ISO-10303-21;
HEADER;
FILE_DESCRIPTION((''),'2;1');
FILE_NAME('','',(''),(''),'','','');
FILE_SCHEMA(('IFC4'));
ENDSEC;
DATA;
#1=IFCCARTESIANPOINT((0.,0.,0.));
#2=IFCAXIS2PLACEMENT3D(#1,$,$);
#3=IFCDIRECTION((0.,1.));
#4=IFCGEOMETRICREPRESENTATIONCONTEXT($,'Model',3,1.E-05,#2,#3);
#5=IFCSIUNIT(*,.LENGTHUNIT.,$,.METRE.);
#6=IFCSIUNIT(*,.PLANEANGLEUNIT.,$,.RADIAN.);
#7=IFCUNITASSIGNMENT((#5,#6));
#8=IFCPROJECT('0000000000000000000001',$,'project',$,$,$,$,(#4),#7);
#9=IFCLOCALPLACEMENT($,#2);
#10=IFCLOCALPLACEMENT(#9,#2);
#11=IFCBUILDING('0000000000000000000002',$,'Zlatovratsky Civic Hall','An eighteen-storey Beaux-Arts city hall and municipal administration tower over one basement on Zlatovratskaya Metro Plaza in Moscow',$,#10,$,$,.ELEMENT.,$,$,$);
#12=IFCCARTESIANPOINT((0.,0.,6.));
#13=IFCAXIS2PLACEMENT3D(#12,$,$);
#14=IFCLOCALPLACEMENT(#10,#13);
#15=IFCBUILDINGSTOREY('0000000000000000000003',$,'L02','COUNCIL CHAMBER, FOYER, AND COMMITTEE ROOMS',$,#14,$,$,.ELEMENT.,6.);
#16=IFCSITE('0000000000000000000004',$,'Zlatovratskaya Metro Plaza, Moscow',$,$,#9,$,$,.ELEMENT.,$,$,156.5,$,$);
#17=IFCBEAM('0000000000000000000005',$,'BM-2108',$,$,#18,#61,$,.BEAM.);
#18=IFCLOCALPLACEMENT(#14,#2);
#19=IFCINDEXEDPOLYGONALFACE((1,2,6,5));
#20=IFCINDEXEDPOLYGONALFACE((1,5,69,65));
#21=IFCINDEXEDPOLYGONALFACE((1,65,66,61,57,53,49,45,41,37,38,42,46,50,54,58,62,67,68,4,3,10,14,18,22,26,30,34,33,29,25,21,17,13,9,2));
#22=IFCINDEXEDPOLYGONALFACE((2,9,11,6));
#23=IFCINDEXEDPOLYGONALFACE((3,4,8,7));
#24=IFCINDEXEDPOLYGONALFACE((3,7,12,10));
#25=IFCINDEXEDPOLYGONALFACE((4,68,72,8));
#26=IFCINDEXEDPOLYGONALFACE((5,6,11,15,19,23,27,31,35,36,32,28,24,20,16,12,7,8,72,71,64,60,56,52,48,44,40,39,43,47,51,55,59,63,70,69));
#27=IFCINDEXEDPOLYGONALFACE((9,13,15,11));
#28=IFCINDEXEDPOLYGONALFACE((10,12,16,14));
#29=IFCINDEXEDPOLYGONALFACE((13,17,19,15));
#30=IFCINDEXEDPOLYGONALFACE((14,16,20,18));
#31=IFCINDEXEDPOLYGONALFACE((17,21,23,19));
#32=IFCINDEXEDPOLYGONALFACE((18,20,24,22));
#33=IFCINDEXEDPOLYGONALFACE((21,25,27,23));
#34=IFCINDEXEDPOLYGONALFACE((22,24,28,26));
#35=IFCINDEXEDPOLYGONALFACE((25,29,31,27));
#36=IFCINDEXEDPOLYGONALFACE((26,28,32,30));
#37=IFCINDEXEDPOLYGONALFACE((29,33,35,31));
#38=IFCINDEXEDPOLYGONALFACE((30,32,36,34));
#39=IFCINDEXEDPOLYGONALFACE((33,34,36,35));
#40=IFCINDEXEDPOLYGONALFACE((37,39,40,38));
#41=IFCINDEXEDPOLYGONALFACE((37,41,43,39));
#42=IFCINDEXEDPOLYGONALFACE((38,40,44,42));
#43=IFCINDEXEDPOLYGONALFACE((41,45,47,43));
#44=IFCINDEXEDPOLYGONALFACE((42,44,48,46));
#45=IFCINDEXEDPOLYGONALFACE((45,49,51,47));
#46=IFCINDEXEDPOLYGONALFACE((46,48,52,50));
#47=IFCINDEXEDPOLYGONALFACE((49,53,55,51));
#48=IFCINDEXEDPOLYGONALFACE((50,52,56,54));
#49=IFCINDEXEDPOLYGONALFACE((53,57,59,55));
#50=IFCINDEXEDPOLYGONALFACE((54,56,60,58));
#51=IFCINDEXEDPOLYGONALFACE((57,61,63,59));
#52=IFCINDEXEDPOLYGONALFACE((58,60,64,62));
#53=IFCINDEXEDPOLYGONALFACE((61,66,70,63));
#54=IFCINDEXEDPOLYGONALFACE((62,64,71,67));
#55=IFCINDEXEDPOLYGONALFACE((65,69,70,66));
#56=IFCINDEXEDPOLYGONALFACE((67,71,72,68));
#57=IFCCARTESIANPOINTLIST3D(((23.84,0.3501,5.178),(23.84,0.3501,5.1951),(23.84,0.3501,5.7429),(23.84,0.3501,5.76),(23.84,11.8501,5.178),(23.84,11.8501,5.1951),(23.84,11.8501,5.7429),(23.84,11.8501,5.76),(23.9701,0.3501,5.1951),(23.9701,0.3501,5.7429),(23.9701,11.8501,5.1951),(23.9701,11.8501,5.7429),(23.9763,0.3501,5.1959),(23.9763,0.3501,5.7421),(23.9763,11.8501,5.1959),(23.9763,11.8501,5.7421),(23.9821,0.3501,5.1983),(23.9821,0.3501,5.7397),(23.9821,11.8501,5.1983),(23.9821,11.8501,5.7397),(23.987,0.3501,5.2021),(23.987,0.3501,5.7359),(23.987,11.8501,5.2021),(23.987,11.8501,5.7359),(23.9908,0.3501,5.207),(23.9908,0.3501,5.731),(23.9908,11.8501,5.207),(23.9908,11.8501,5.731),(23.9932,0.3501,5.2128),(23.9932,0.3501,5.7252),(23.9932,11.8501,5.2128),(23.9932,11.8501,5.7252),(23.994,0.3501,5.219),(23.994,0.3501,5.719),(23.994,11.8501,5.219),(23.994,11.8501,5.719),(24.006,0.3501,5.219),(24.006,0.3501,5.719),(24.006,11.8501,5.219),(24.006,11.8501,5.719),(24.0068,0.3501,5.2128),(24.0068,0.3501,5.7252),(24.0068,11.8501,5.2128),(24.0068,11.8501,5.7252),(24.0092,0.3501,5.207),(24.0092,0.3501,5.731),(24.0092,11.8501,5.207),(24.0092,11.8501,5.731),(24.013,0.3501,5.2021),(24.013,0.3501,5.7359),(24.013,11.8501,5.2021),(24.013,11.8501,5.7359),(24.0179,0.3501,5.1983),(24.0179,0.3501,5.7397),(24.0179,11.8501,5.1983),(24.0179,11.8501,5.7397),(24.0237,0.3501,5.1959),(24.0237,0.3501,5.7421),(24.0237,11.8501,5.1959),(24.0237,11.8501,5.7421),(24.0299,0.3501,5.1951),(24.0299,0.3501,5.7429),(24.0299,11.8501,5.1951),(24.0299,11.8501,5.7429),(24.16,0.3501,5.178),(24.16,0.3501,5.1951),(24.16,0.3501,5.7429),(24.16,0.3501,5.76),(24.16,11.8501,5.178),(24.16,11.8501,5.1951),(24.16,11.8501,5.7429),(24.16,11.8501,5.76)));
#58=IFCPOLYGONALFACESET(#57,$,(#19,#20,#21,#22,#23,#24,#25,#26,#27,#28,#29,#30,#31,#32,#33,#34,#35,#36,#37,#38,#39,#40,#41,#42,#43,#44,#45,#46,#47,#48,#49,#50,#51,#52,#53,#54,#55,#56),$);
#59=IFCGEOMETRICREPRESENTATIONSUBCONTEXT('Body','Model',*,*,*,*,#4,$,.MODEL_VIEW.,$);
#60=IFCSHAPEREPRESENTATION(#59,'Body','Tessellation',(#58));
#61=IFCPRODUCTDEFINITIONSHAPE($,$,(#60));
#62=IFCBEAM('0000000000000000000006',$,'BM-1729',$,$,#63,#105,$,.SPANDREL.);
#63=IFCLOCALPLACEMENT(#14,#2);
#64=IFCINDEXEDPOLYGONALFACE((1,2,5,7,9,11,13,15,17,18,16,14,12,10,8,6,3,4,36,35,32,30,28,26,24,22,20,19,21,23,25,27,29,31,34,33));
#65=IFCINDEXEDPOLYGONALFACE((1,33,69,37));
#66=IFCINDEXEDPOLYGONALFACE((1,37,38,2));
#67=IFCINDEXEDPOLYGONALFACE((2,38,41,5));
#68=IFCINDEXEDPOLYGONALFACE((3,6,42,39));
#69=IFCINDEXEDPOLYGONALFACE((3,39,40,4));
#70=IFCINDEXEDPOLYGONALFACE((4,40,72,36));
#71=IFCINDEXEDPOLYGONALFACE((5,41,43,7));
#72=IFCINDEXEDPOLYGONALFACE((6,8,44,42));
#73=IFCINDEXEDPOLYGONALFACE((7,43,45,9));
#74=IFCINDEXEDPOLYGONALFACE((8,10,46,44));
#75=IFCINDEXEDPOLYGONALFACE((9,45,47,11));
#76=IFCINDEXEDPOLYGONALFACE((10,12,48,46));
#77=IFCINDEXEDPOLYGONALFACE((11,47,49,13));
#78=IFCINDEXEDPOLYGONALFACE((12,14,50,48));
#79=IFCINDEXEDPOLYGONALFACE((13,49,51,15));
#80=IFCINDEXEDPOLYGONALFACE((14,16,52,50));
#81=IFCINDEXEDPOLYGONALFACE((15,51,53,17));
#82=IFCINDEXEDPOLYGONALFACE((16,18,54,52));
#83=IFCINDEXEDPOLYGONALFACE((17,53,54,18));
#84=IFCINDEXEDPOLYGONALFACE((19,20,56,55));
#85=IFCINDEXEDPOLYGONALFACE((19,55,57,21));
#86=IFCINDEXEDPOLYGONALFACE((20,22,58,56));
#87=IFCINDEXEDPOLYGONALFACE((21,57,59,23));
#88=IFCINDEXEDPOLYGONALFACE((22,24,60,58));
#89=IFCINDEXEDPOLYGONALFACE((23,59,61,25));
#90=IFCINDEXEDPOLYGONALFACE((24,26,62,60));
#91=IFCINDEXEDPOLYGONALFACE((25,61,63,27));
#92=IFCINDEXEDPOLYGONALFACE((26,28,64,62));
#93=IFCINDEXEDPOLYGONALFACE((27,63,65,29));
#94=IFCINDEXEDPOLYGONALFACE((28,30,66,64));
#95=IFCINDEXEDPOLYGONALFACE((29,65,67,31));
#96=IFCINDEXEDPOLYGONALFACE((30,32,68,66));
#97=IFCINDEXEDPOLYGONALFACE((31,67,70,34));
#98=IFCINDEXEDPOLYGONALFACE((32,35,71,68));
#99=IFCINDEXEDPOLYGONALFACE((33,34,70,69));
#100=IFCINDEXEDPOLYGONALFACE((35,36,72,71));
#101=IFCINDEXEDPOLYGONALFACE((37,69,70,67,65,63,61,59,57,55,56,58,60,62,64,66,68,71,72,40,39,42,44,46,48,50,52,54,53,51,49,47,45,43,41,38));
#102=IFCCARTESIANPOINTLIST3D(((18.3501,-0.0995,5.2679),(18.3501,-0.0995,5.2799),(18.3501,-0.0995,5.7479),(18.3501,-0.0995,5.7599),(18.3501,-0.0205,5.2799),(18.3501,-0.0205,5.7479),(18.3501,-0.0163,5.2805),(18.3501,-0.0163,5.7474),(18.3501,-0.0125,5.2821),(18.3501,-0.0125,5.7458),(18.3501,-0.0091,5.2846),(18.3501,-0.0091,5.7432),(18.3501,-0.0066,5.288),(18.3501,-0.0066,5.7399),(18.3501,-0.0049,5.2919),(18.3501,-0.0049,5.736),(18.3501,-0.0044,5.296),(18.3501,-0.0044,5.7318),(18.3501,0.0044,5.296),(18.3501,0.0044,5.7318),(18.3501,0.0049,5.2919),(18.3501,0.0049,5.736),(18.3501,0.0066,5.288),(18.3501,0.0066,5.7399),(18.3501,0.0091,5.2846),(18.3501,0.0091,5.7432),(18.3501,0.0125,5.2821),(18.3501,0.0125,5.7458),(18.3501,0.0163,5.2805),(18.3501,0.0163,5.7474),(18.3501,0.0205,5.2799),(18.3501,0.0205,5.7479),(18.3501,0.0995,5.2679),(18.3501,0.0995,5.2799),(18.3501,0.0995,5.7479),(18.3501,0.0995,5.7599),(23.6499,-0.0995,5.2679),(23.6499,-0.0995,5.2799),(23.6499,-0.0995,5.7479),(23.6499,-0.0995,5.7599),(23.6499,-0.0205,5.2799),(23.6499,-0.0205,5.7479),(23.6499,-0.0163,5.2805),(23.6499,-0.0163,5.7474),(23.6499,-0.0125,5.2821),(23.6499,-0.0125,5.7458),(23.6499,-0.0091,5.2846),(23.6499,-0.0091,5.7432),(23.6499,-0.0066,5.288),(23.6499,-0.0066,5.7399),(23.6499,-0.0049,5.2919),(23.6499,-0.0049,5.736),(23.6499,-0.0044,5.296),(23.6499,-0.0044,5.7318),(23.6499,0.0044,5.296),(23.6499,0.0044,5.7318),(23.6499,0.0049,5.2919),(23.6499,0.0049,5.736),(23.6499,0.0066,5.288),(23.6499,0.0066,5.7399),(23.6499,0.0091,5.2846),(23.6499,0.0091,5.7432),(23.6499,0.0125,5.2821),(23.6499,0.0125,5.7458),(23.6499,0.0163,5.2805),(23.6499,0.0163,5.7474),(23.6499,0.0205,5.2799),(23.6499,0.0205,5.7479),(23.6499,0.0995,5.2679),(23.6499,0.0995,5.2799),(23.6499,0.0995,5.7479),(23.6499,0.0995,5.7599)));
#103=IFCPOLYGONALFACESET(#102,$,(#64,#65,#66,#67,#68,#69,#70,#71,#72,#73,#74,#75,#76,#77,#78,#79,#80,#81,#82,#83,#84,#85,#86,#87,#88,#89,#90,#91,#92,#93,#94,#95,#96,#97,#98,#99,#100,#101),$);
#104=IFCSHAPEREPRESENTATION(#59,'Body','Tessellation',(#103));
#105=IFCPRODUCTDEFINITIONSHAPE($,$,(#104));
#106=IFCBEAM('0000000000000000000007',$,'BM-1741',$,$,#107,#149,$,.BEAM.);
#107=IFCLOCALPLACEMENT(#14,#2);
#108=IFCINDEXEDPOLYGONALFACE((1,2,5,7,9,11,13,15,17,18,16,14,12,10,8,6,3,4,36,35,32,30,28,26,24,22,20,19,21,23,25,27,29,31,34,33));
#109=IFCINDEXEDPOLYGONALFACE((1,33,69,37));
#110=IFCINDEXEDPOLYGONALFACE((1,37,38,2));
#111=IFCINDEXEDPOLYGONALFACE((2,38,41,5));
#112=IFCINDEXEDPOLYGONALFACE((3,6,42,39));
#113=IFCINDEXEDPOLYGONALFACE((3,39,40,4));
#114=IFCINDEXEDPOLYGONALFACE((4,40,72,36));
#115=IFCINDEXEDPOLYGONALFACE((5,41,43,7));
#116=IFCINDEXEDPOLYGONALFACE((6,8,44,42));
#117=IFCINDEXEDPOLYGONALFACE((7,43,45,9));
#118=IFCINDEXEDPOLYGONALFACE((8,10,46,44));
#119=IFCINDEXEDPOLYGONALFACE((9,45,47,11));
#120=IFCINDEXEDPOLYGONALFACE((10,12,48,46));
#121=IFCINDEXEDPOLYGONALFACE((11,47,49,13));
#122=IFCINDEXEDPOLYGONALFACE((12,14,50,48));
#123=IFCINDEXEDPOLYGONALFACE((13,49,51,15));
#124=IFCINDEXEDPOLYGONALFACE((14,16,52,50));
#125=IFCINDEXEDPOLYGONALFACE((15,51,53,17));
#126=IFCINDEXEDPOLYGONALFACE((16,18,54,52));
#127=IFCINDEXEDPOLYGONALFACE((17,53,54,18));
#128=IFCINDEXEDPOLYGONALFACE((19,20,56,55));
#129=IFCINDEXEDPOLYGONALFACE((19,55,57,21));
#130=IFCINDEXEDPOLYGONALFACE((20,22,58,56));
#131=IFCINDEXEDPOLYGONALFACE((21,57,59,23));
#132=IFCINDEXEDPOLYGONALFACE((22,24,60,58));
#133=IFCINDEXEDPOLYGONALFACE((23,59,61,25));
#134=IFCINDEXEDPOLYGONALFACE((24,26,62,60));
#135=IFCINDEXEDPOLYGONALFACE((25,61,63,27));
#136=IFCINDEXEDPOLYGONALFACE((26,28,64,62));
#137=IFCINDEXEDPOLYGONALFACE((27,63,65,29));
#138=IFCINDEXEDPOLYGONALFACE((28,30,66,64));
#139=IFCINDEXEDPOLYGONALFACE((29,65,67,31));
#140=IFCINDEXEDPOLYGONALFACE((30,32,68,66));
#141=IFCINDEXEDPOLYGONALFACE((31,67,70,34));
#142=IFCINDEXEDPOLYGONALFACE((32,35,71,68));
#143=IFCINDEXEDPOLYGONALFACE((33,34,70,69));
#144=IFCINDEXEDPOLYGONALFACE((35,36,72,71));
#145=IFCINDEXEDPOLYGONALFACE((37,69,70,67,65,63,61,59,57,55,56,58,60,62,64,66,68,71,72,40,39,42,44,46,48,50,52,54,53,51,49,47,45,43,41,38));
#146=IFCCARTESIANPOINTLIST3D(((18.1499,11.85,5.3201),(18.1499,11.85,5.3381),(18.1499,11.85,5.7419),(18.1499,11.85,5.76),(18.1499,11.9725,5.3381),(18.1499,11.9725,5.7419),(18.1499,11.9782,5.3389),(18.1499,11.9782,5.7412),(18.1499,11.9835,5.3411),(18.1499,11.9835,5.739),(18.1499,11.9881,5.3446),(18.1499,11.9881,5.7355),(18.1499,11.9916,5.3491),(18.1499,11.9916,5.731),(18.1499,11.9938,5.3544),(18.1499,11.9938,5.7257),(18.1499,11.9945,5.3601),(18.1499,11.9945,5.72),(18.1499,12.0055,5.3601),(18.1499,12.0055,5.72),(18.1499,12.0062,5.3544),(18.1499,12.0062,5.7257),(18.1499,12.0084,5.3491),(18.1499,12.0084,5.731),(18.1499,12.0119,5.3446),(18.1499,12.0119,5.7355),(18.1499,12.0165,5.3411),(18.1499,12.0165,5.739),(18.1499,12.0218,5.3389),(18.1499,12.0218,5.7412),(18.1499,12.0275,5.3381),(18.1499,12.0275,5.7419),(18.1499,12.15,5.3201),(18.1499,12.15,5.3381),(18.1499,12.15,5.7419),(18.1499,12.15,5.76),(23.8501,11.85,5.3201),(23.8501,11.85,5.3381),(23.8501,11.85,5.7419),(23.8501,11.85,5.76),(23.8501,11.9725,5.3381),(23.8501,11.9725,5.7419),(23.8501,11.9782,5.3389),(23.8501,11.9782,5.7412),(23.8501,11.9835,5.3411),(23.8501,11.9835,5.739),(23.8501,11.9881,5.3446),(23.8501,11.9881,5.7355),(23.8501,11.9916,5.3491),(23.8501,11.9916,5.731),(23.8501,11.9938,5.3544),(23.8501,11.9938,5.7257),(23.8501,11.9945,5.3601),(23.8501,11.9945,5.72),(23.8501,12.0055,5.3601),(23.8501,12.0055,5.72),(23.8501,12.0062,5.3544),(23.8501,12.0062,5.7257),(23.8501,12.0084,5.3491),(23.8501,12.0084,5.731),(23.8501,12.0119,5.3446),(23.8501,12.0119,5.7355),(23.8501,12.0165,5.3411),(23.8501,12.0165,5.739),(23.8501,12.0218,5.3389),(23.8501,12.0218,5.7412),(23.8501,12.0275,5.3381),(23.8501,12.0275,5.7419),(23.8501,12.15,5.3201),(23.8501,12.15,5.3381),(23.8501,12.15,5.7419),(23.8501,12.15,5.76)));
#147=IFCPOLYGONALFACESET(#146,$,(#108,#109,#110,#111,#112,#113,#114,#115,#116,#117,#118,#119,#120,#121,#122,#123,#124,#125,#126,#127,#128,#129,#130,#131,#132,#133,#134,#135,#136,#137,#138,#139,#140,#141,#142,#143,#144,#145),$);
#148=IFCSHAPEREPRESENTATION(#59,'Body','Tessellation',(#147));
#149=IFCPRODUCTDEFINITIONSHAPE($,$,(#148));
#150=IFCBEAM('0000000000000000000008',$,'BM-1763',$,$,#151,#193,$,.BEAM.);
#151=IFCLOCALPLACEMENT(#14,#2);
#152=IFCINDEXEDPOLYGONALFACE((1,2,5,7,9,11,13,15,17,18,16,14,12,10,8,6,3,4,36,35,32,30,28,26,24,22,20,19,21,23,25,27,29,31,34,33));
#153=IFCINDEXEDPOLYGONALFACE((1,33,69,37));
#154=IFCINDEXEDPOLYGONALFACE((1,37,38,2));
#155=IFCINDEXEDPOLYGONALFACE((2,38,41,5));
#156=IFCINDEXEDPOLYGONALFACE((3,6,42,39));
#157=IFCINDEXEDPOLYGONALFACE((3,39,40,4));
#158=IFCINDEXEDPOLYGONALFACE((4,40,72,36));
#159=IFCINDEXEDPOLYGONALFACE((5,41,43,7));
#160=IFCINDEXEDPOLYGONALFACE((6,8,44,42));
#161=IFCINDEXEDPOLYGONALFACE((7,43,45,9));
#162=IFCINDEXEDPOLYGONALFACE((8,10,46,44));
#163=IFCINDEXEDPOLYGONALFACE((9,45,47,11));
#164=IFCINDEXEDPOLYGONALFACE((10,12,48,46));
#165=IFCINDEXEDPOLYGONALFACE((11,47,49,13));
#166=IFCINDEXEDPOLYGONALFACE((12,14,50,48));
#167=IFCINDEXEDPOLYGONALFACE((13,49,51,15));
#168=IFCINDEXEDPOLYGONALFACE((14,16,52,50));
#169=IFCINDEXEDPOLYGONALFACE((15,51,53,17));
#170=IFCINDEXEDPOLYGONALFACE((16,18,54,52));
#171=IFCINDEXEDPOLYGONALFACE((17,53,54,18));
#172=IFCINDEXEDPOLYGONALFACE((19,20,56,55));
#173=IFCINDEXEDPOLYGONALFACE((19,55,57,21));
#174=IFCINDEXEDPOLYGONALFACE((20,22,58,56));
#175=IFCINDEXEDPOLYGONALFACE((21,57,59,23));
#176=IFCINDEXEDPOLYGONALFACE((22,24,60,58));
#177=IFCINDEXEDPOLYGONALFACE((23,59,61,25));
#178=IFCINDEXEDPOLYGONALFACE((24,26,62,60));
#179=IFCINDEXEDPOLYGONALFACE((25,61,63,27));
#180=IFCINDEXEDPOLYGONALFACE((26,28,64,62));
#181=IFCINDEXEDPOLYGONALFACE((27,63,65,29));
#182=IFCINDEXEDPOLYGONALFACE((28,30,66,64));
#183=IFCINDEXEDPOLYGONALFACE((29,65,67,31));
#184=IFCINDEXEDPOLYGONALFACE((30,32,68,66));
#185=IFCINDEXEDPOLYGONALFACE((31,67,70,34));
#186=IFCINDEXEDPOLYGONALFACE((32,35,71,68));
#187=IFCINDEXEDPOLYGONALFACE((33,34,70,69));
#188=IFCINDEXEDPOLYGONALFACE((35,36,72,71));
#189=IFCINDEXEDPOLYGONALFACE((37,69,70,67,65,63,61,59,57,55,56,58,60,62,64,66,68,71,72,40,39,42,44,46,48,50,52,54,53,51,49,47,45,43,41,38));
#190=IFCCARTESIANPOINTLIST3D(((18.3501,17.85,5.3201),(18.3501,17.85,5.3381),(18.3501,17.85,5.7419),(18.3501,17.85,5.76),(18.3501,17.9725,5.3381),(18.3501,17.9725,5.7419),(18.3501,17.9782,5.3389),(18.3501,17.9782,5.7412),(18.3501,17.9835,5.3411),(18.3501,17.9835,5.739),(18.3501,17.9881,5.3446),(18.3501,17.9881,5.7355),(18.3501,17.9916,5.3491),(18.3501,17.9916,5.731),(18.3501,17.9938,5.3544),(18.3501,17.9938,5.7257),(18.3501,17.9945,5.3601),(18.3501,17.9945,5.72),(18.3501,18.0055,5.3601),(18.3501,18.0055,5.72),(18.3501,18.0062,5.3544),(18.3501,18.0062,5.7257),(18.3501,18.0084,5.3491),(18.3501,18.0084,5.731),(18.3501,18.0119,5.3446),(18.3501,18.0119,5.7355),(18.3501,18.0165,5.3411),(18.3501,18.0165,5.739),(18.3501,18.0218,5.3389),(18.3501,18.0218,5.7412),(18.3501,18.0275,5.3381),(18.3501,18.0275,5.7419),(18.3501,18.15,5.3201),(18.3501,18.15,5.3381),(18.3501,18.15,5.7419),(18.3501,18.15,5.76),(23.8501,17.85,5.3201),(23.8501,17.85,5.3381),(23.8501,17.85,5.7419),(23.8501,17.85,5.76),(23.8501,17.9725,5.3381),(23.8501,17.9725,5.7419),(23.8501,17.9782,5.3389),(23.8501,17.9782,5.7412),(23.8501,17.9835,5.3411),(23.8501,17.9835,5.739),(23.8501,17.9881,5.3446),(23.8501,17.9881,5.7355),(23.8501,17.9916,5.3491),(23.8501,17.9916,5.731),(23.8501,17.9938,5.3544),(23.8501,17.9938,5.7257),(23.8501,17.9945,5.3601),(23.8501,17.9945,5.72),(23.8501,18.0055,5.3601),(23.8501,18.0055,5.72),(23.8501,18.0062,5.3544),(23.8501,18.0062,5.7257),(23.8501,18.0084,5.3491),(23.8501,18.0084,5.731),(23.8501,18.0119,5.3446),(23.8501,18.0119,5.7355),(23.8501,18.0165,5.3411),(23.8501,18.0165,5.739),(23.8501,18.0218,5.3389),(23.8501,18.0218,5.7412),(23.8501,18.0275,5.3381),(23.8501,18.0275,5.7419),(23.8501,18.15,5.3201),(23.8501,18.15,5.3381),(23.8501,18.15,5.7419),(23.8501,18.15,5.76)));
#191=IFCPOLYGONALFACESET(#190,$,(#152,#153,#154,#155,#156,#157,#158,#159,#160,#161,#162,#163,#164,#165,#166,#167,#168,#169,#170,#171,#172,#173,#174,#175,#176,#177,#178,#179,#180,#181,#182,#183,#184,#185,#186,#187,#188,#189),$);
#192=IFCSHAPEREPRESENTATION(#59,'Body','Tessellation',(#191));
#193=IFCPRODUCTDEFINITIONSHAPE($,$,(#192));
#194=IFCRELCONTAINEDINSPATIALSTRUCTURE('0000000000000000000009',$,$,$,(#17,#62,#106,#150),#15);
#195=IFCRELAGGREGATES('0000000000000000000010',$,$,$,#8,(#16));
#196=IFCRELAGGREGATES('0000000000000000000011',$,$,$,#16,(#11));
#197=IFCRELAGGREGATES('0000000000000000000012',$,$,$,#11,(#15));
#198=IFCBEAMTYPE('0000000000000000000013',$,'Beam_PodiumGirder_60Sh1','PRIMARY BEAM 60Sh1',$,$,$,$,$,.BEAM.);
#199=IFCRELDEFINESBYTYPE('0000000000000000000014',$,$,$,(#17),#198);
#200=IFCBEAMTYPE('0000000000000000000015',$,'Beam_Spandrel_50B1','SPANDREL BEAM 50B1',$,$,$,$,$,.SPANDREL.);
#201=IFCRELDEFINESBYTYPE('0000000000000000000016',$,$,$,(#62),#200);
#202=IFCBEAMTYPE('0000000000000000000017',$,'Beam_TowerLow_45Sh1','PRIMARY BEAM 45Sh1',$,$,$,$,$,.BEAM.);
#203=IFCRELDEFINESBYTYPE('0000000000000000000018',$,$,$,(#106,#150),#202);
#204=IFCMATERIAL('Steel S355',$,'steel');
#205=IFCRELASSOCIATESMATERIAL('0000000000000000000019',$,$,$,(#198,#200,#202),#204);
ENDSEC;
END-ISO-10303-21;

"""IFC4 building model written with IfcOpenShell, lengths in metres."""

from ifc_helpers import new_model, si_unit, direction, frame, origin, origin_2d, place, context, subcontext, project, spatial, i_section, extrude, material, material_profile, profile_set, type_object, element, save


model = new_model("IFC4")

# Units and contexts
model_context = context("Model", 3, precision=1e-05, world=origin(), true_north=direction((0.0, 1.0)))
body_context = subcontext(model_context, "Body", "Model", "MODEL_VIEW")
ifc_project = project(units=[si_unit("LENGTHUNIT", "METRE"), si_unit("PLANEANGLEUNIT", "RADIAN")], contexts=[model_context])

# Site, building, storey
site_placement = place(None, origin())
site = spatial("IfcSite", under=ifc_project, at=site_placement, Name="Zlatovratskaya Metro Plaza, Moscow", CompositionType="ELEMENT", RefElevation=156.5)
building_placement = place(site_placement, origin())
building = spatial("IfcBuilding", under=site, at=building_placement, Name="Zlatovratsky Civic Hall", Description="An eighteen-storey Beaux-Arts city hall and municipal administration tower over one basement on Zlatovratskaya Metro Plaza in Moscow", CompositionType="ELEMENT")
storey_placement = place(building_placement, frame((0.0, 0.0, 6.0)))
storey = spatial("IfcBuildingStorey", under=building, at=storey_placement, Name="L02", Description="COUNCIL CHAMBER, FOYER, AND COMMITTEE ROOMS", CompositionType="ELEMENT", Elevation=6.0)

# Shared definitions
ifc_material_1 = material(Name="Steel S355", Category="steel")

# Beams
ifc_material_profile_1 = material_profile(ifc_material_1, i_section(OverallWidth=0.3201, OverallDepth=0.582, WebThickness=0.012, FlangeThickness=0.0171, FilletRadius=0.0239, at=origin_2d()), Name="60Sh1")
ifc_profile_set_1 = profile_set([ifc_material_profile_1], Name="Steel S355")
beam_type_1 = type_object("IfcBeamType", Name="Beam_PodiumGirder_60Sh1", Description="PRIMARY BEAM 60Sh1", PredefinedType="BEAM", material=ifc_profile_set_1)
for number, where, z_axis, x_axis, name in (
    (1, (24.0, 0.3501, 5.469), (0.0, 1.0, 0.0), (-1.0, 0.0, 0.0), "BM-2108"),
):
    element("IfcBeam", number, at=place(storey_placement, frame(where, z_axis=z_axis, x_axis=x_axis)), inside=storey, type_object=beam_type_1, Name=name, PredefinedType="BEAM", context=body_context, shape_type="SweptSolid", body=[
        extrude(i_section(OverallWidth=0.3201, OverallDepth=0.582, WebThickness=0.012, FlangeThickness=0.0171, FilletRadius=0.0239, at=origin_2d()), origin(), (0.0, 0.0, 1.0), 11.5),
    ])
ifc_material_profile_2 = material_profile(ifc_material_1, i_section(OverallWidth=0.199, OverallDepth=0.4919, WebThickness=0.0088, FlangeThickness=0.012, FilletRadius=0.0161, at=origin_2d()), Name="50B1")
ifc_profile_set_2 = profile_set([ifc_material_profile_2], Name="Steel S355")
beam_type_2 = type_object("IfcBeamType", Name="Beam_Spandrel_50B1", Description="SPANDREL BEAM 50B1", PredefinedType="SPANDREL", material=ifc_profile_set_2)
beam_1_placement = place(storey_placement, frame((18.3501, 0.0, 5.5139), z_axis=(1.0, 0.0, 0.0), x_axis=(0.0, 1.0, 0.0)))
element("IfcBeam", 2, at=beam_1_placement, inside=storey, type_object=beam_type_2, Name="BM-1729", PredefinedType="SPANDREL", context=body_context, shape_type="SweptSolid", body=[
    extrude(i_section(OverallWidth=0.199, OverallDepth=0.4919, WebThickness=0.0088, FlangeThickness=0.012, FilletRadius=0.0161, at=origin_2d()), origin(), (0.0, 0.0, 1.0), 5.2998),
])
ifc_material_profile_3 = material_profile(ifc_material_1, i_section(OverallWidth=0.3, OverallDepth=0.4399, WebThickness=0.011, FlangeThickness=0.0181, FilletRadius=0.022, at=origin_2d()), Name="45Sh1")
ifc_profile_set_3 = profile_set([ifc_material_profile_3], Name="Steel S355")
beam_type_3 = type_object("IfcBeamType", Name="Beam_TowerLow_45Sh1", Description="PRIMARY BEAM 45Sh1", PredefinedType="BEAM", material=ifc_profile_set_3)
beam_2_placement = place(storey_placement, frame((18.1499, 12.0, 5.54), z_axis=(1.0, 0.0, 0.0), x_axis=(0.0, 1.0, 0.0)))
element("IfcBeam", 3, at=beam_2_placement, inside=storey, type_object=beam_type_3, Name="BM-1741", PredefinedType="BEAM", context=body_context, shape_type="SweptSolid", body=[
    extrude(i_section(OverallWidth=0.3, OverallDepth=0.4399, WebThickness=0.011, FlangeThickness=0.0181, FilletRadius=0.022, at=origin_2d()), origin(), (0.0, 0.0, 1.0), 5.7002),
])
for number, where, z_axis, x_axis, name in (
    (4, (18.3501, 18.0, 5.54), (1.0, 0.0, 0.0), (0.0, 1.0, 0.0), "BM-1763"),
):
    element("IfcBeam", number, at=place(storey_placement, frame(where, z_axis=z_axis, x_axis=x_axis)), inside=storey, type_object=beam_type_3, Name=name, PredefinedType="BEAM", context=body_context, shape_type="SweptSolid", body=[
        extrude(i_section(OverallWidth=0.3, OverallDepth=0.4399, WebThickness=0.011, FlangeThickness=0.0181, FilletRadius=0.022, at=origin_2d()), origin(), (0.0, 0.0, 1.0), 5.5),
    ])

save(model, "model.ifc")
